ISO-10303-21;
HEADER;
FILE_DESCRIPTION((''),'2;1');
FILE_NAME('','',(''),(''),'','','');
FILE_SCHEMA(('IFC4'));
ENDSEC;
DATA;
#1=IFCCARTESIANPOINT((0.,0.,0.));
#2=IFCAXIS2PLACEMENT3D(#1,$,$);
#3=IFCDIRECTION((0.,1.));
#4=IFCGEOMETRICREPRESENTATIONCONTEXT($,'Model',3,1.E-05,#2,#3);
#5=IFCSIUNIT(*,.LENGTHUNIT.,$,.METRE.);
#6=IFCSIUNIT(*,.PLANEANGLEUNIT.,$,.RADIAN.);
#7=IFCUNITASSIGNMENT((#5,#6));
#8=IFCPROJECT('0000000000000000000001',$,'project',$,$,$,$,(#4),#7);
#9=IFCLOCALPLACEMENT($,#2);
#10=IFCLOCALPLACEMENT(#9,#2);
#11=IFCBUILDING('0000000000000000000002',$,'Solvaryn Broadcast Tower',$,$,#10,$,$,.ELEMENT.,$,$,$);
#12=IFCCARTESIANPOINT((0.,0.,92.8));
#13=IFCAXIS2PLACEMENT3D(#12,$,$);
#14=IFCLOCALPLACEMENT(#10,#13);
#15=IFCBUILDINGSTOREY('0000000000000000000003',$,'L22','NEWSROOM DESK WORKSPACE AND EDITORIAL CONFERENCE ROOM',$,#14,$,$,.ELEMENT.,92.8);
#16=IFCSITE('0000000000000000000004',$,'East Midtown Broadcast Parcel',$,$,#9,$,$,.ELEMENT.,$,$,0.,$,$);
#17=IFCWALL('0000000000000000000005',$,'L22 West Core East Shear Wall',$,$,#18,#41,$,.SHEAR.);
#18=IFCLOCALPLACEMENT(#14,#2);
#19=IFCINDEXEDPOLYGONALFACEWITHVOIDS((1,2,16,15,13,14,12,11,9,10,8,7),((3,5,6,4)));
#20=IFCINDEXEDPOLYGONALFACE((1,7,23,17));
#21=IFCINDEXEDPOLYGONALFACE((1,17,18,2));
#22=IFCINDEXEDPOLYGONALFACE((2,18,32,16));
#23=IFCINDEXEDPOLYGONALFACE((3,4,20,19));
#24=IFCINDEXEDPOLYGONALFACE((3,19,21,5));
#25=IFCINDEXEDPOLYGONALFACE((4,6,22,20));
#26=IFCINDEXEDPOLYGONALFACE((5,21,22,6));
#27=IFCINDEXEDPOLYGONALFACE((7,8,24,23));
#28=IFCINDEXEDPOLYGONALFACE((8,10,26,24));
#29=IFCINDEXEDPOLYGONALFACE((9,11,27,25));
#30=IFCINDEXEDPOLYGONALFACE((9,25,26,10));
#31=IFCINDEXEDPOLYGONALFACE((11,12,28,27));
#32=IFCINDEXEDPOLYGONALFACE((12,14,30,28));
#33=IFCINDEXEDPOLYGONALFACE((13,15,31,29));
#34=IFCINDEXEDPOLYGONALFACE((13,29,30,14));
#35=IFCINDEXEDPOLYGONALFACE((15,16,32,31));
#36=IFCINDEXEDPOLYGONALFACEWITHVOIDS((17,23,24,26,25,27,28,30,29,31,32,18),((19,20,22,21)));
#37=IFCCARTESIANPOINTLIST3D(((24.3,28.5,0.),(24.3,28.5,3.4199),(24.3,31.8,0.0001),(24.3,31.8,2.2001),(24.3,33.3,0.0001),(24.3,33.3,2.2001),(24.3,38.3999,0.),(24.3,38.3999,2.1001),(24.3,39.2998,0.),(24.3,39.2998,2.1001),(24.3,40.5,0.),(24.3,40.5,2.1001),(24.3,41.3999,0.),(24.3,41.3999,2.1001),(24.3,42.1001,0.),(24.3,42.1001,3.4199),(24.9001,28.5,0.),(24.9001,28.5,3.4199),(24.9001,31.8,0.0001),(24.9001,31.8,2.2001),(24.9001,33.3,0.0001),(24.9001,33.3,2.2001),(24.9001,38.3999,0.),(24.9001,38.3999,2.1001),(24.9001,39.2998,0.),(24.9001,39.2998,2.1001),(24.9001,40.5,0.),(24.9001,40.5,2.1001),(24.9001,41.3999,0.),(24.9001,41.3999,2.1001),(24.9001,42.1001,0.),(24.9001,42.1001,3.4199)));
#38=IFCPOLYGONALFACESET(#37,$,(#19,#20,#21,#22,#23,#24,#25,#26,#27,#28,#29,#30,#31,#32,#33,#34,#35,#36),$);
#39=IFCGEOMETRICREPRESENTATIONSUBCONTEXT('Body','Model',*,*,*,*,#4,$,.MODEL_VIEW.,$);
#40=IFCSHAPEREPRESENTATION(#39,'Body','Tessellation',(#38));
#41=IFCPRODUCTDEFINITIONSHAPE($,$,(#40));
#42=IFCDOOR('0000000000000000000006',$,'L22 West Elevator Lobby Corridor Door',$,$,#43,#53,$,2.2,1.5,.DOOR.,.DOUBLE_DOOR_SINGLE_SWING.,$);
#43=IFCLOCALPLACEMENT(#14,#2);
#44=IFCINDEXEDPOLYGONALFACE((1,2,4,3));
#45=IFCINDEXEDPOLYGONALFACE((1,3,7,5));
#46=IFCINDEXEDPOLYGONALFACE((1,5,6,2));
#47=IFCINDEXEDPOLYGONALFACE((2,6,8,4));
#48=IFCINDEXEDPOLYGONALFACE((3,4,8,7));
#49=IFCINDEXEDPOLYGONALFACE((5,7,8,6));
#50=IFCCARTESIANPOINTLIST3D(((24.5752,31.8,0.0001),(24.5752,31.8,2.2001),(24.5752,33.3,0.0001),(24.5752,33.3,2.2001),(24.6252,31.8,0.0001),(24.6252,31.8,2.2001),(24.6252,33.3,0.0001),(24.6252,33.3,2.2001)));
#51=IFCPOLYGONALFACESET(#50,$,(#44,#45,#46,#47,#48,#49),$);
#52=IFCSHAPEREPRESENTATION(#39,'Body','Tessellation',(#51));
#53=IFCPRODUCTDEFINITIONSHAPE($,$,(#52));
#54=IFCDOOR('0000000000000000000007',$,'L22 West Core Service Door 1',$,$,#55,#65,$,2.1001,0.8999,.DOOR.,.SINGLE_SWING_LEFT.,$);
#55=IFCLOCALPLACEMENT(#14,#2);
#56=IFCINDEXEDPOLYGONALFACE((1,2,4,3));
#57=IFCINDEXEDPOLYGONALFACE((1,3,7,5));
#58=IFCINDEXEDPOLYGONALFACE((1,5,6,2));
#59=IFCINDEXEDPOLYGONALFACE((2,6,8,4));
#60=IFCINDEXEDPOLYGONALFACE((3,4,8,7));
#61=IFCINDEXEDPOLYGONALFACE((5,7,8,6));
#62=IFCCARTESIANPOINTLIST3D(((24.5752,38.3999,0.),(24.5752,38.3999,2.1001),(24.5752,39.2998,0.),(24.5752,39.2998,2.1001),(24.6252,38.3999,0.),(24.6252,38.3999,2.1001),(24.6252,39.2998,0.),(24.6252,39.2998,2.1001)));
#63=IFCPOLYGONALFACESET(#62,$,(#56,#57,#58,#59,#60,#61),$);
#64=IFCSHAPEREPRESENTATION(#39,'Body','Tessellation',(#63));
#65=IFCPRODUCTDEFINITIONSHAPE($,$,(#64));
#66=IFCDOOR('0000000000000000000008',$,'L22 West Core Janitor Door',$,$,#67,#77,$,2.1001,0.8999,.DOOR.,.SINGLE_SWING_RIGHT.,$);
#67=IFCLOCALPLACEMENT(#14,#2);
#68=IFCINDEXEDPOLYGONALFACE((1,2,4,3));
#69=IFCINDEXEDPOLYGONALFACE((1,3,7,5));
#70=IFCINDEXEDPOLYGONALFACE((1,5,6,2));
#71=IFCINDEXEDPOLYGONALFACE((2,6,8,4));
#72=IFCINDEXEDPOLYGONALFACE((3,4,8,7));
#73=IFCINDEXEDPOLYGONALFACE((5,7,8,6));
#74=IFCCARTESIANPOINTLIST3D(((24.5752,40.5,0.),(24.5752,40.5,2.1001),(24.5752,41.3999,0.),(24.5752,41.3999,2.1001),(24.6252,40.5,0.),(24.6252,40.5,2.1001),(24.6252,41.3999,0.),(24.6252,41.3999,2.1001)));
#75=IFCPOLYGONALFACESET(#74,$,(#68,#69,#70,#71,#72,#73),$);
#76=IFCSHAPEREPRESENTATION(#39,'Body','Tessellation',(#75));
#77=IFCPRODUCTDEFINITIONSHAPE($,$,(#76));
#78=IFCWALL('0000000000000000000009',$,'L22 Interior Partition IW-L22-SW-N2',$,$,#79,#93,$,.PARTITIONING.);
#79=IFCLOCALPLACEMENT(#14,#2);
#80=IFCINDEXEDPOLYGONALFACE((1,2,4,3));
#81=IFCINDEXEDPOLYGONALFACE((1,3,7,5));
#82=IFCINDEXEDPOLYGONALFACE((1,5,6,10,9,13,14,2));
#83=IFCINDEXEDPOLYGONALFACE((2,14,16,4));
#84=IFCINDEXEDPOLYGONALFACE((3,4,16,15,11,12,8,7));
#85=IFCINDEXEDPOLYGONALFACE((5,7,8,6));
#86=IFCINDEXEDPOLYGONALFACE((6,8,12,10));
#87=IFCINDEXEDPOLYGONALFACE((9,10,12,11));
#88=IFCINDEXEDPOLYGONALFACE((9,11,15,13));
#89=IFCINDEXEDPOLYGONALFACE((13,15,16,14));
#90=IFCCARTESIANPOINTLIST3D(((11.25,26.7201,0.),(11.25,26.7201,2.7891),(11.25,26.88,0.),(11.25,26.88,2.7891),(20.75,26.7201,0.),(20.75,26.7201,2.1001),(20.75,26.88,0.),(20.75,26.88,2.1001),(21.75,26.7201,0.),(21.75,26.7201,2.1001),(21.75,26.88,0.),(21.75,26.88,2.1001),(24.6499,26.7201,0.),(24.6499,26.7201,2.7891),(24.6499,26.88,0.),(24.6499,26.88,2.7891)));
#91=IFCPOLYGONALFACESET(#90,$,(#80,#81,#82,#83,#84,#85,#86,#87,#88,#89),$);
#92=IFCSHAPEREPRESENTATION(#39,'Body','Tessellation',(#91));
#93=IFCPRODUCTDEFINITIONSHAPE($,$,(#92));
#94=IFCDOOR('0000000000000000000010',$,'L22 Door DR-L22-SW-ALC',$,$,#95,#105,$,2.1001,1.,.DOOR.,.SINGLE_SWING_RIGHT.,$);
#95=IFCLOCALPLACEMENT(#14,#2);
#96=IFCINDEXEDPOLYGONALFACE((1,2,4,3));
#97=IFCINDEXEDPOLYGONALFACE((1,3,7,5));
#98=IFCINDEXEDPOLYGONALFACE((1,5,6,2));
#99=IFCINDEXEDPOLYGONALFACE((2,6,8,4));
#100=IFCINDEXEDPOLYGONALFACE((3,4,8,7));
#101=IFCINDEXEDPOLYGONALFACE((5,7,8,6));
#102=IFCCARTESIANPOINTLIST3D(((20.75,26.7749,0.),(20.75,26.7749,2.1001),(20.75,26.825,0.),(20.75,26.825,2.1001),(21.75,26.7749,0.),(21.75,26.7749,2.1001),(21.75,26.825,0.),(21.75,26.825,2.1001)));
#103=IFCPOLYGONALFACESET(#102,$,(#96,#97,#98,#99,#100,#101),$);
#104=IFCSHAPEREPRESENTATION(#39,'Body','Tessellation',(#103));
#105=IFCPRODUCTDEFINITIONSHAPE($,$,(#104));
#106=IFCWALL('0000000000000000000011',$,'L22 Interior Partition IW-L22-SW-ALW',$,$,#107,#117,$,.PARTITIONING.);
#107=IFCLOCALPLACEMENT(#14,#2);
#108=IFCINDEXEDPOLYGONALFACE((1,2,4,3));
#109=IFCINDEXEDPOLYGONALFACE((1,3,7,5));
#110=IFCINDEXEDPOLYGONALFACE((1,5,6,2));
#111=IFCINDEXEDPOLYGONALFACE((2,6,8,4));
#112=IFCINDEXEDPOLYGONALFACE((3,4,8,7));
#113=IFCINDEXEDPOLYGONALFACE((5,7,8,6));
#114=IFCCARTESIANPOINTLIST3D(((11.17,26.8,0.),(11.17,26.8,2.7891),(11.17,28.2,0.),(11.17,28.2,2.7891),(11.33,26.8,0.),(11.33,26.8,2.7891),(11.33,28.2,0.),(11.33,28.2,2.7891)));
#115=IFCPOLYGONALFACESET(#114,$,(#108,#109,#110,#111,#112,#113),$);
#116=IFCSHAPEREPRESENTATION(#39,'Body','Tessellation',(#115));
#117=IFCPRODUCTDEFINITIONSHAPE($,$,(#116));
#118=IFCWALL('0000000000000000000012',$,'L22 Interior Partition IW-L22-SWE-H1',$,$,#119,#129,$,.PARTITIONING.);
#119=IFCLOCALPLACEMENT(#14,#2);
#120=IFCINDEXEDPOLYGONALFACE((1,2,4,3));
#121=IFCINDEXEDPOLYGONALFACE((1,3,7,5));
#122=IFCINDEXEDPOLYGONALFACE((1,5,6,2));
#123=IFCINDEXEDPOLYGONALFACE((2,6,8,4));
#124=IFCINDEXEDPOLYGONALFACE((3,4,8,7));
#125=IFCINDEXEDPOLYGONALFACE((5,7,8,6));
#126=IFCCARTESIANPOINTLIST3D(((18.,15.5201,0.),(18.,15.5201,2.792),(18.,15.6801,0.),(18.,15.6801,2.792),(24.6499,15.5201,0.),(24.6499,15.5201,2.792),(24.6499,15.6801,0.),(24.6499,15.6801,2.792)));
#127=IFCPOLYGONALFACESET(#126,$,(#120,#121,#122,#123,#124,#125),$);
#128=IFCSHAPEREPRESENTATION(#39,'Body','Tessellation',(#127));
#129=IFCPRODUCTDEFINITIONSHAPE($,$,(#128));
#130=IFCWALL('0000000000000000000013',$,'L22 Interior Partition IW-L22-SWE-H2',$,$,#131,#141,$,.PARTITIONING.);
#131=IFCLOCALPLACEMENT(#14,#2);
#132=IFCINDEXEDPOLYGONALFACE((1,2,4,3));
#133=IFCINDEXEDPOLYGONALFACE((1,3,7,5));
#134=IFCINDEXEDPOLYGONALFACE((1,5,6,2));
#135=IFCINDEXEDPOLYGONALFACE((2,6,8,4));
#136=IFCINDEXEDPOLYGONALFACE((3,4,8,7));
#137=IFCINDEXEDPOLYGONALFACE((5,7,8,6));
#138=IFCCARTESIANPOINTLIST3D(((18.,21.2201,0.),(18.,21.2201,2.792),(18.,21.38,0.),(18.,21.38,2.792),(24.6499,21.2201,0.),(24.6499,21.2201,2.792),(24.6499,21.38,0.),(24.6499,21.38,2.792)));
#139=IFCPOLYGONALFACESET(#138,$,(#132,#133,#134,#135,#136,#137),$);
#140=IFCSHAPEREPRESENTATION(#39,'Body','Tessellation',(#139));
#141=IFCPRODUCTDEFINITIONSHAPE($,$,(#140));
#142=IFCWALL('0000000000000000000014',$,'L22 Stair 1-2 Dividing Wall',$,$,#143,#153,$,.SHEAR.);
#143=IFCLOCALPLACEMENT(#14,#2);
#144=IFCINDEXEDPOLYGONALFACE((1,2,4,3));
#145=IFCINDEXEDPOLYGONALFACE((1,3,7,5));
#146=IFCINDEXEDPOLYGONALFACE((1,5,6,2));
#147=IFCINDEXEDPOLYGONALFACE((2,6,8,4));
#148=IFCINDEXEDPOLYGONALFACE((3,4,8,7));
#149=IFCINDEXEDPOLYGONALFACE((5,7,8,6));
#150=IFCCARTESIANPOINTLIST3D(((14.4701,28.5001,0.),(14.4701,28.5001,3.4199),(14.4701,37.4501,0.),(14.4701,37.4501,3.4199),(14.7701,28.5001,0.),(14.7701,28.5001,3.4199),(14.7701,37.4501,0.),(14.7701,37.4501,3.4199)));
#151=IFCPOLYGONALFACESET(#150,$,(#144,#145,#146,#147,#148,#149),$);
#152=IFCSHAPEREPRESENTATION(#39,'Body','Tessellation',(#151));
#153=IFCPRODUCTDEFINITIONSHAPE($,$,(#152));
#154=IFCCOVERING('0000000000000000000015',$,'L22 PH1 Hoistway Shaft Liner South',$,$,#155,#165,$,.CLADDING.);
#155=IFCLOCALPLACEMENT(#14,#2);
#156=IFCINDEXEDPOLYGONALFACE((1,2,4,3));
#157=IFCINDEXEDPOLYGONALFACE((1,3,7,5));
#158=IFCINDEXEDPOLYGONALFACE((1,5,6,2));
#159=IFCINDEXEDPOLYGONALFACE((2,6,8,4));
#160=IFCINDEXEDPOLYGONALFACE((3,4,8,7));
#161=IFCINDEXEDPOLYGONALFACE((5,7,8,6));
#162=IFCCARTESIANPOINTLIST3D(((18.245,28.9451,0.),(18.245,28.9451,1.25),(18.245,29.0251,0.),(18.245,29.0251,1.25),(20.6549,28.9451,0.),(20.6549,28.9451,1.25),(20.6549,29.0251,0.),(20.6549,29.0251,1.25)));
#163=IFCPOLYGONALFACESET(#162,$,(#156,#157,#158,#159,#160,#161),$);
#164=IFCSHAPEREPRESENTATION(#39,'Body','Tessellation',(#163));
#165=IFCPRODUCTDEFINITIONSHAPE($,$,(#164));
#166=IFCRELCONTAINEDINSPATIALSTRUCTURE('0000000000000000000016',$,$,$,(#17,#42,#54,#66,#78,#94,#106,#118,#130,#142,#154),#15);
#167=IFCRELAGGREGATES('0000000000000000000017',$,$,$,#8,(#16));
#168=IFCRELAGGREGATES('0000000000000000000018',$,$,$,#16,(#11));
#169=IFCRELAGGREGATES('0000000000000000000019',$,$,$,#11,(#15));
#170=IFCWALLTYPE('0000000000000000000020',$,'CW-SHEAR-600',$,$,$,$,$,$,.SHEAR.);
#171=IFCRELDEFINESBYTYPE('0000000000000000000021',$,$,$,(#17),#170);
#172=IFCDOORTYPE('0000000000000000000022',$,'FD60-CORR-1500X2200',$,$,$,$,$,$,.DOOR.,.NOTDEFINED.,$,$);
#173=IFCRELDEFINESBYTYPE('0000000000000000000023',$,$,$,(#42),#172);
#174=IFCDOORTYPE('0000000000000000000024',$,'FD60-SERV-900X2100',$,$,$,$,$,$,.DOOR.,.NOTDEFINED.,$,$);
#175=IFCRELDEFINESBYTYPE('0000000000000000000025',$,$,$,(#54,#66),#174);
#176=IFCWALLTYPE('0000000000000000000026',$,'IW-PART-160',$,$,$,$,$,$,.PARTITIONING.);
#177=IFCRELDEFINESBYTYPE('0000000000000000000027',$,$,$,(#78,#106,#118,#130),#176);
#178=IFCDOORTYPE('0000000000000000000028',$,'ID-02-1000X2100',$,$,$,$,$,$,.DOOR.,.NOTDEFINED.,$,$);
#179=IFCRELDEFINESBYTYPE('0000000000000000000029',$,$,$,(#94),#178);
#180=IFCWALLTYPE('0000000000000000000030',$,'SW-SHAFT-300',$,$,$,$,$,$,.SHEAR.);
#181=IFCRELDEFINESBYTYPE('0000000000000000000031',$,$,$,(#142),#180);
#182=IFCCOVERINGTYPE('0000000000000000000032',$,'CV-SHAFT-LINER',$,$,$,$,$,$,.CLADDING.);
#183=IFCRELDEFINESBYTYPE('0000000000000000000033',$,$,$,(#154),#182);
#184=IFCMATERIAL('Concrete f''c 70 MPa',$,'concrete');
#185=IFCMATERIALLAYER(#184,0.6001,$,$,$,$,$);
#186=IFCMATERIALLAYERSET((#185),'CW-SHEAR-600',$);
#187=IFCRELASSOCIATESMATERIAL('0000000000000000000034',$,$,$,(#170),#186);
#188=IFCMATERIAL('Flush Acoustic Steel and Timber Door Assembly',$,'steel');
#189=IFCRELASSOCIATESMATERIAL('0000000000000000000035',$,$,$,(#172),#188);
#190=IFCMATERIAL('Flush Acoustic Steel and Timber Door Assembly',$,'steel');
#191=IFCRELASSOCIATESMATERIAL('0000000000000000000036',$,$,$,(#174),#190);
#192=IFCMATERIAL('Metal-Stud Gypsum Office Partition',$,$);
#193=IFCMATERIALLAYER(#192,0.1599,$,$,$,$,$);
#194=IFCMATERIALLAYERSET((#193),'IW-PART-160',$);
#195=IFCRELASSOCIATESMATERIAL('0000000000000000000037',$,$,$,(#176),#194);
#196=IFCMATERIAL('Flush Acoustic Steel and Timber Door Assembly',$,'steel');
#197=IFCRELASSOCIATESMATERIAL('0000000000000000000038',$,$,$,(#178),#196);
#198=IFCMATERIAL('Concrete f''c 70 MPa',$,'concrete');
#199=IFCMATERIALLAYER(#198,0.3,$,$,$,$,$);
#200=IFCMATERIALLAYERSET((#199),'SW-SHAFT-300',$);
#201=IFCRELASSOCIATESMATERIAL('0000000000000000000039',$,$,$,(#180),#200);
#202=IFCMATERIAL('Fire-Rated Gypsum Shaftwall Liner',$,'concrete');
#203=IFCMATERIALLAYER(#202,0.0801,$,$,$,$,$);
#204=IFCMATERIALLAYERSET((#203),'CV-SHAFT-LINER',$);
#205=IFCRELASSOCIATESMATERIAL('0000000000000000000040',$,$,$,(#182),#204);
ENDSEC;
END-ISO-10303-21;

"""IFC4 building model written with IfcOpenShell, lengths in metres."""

from ifc_helpers import new_model, si_unit, direction, frame, frame_2d, origin, origin_2d, place, context, subcontext, project, spatial, rectangle, extrude, material, layer, layer_set, type_object, element, fill, save


model = new_model("IFC4")

# Units and contexts
model_context = context("Model", 3, precision=1e-05, world=origin(), true_north=direction((0.0, 1.0)))
body_context = subcontext(model_context, "Body", "Model", "MODEL_VIEW")
ifc_project = project(units=[si_unit("LENGTHUNIT", "METRE"), si_unit("PLANEANGLEUNIT", "RADIAN")], contexts=[model_context])

# Site, building, storey
site_placement = place(None, origin())
site = spatial("IfcSite", under=ifc_project, at=site_placement, Name="East Midtown Broadcast Parcel", CompositionType="ELEMENT", RefElevation=0.0)
building_placement = place(site_placement, origin())
building = spatial("IfcBuilding", under=site, at=building_placement, Name="Solvaryn Broadcast Tower", CompositionType="ELEMENT")
storey_placement = place(building_placement, frame((0.0, 0.0, 92.8)))
storey = spatial("IfcBuildingStorey", under=building, at=storey_placement, Name="L22", Description="NEWSROOM DESK WORKSPACE AND EDITORIAL CONFERENCE ROOM", CompositionType="ELEMENT", Elevation=92.8)

# Shared definitions
ifc_material_1 = material(Name="Concrete f'c 70 MPa", Category="concrete")
ifc_layer_1 = layer(ifc_material_1, 0.6001)
ifc_layer_set_1 = layer_set([ifc_layer_1], Name="CW-SHEAR-600")
wall_type_1 = type_object("IfcWallType", Name="CW-SHEAR-600", PredefinedType="SHEAR", material=ifc_layer_set_1)

# Wall, openings, doors
wall_1_placement = place(storey_placement, frame((24.6001, 28.5, 0.0), z_axis=(0.0, 0.0, 1.0), x_axis=(0.0, 1.0, 0.0)))
wall_1 = element("IfcWall", 1, at=wall_1_placement, inside=storey, type_object=wall_type_1, Name="L22 West Core East Shear Wall", PredefinedType="SHEAR", context=body_context, shape_type="SweptSolid", body=[
    extrude(rectangle(XDim=13.6001, YDim=0.6001, at=frame_2d((6.8, 0.0))), origin(), (0.0, 0.0, 1.0), 3.4199),
])
opening_1_placement = place(wall_1_placement, frame((3.3, 0.0, 0.0)))
opening_1 = element("IfcOpeningElement", 2, at=opening_1_placement, cuts=wall_1, PredefinedType="OPENING", context=body_context, shape_type="SweptSolid", body=[
    extrude(rectangle(XDim=1.5, YDim=2.2, at=frame_2d((0.75, 1.1001))), frame((0.0, 0.3101, 0.0), z_axis=(0.0, -1.0, 0.0), x_axis=(1.0, 0.0, 0.0)), (0.0, 0.0, 1.0), 0.6201),
])
opening_2_placement = place(wall_1_placement, frame((9.8999, 0.0, 0.0)))
opening_2 = element("IfcOpeningElement", 3, at=opening_2_placement, cuts=wall_1, PredefinedType="OPENING", context=body_context, shape_type="SweptSolid", body=[
    extrude(rectangle(XDim=0.8999, YDim=2.1001, at=frame_2d((0.45, 1.05))), frame((0.0, 0.3101, 0.0), z_axis=(0.0, -1.0, 0.0), x_axis=(1.0, 0.0, 0.0)), (0.0, 0.0, 1.0), 0.6201),
])
opening_3_placement = place(wall_1_placement, frame((12.0, 0.0, 0.0)))
opening_3 = element("IfcOpeningElement", 4, at=opening_3_placement, cuts=wall_1, PredefinedType="OPENING", context=body_context, shape_type="SweptSolid", body=[
    extrude(rectangle(XDim=0.8999, YDim=2.1001, at=frame_2d((0.45, 1.05))), frame((0.0, 0.3101, 0.0), z_axis=(0.0, -1.0, 0.0), x_axis=(1.0, 0.0, 0.0)), (0.0, 0.0, 1.0), 0.6201),
])
ifc_material_2 = material(Name="Flush Acoustic Steel and Timber Door Assembly", Category="steel")
door_type_1 = type_object("IfcDoorType", Name="FD60-CORR-1500X2200", OperationType="NOTDEFINED", PredefinedType="DOOR", material=ifc_material_2)
door_1_placement = place(opening_1_placement, origin())
door_1 = element("IfcDoor", 5, at=door_1_placement, inside=storey, type_object=door_type_1, Name="L22 West Elevator Lobby Corridor Door", OperationType="DOUBLE_DOOR_SINGLE_SWING", OverallHeight=2.2, OverallWidth=1.5, PredefinedType="DOOR", context=body_context, shape_type="SweptSolid", body=[
    extrude(rectangle(XDim=1.5, YDim=2.2, at=frame_2d((0.75, 1.1001))), frame((0.0, 0.0249, 0.0), z_axis=(0.0, -1.0, 0.0), x_axis=(1.0, 0.0, 0.0)), (0.0, 0.0, 1.0), 0.05),
])
fill(opening_1, door_1)
ifc_material_3 = material(Name="Flush Acoustic Steel and Timber Door Assembly", Category="steel")
door_type_2 = type_object("IfcDoorType", Name="FD60-SERV-900X2100", OperationType="NOTDEFINED", PredefinedType="DOOR", material=ifc_material_3)
door_2_placement = place(opening_2_placement, origin())
door_2 = element("IfcDoor", 6, at=door_2_placement, inside=storey, type_object=door_type_2, Name="L22 West Core Service Door 1", OperationType="SINGLE_SWING_LEFT", OverallHeight=2.1001, OverallWidth=0.8999, PredefinedType="DOOR", context=body_context, shape_type="SweptSolid", body=[
    extrude(rectangle(XDim=0.8999, YDim=2.1001, at=frame_2d((0.45, 1.05))), frame((0.0, 0.0249, 0.0), z_axis=(0.0, -1.0, 0.0), x_axis=(1.0, 0.0, 0.0)), (0.0, 0.0, 1.0), 0.05),
])
fill(opening_2, door_2)
door_3_placement = place(opening_3_placement, origin())
door_3 = element("IfcDoor", 7, at=door_3_placement, inside=storey, type_object=door_type_2, Name="L22 West Core Janitor Door", OperationType="SINGLE_SWING_RIGHT", OverallHeight=2.1001, OverallWidth=0.8999, PredefinedType="DOOR", context=body_context, shape_type="SweptSolid", body=[
    extrude(rectangle(XDim=0.8999, YDim=2.1001, at=frame_2d((0.45, 1.05))), frame((0.0, 0.0249, 0.0), z_axis=(0.0, -1.0, 0.0), x_axis=(1.0, 0.0, 0.0)), (0.0, 0.0, 1.0), 0.05),
])
fill(opening_3, door_3)

# Wall, opening, door
ifc_material_4 = material(Name="Metal-Stud Gypsum Office Partition")
ifc_layer_2 = layer(ifc_material_4, 0.1599)
ifc_layer_set_2 = layer_set([ifc_layer_2], Name="IW-PART-160")
wall_type_2 = type_object("IfcWallType", Name="IW-PART-160", PredefinedType="PARTITIONING", material=ifc_layer_set_2)
wall_2_placement = place(storey_placement, frame((11.25, 26.8, 0.0), z_axis=(0.0, 0.0, 1.0), x_axis=(1.0, 0.0, 0.0)))
wall_2 = element("IfcWall", 8, at=wall_2_placement, inside=storey, type_object=wall_type_2, Name="L22 Interior Partition IW-L22-SW-N2", PredefinedType="PARTITIONING", context=body_context, shape_type="SweptSolid", body=[
    extrude(rectangle(XDim=13.3999, YDim=0.1599, at=frame_2d((6.7, 0.0))), origin(), (0.0, 0.0, 1.0), 2.7891),
])
opening_4_placement = place(wall_2_placement, frame((9.5, 0.0, 0.0)))
opening_4 = element("IfcOpeningElement", 9, at=opening_4_placement, cuts=wall_2, PredefinedType="OPENING", context=body_context, shape_type="SweptSolid", body=[
    extrude(rectangle(XDim=1.0, YDim=2.1001, at=frame_2d((0.5, 1.05))), frame((0.0, 0.0901, 0.0), z_axis=(0.0, -1.0, 0.0), x_axis=(1.0, 0.0, 0.0)), (0.0, 0.0, 1.0), 0.1799),
])
ifc_material_5 = material(Name="Flush Acoustic Steel and Timber Door Assembly", Category="steel")
door_type_3 = type_object("IfcDoorType", Name="ID-02-1000X2100", OperationType="NOTDEFINED", PredefinedType="DOOR", material=ifc_material_5)
door_4_placement = place(opening_4_placement, origin())
door_4 = element("IfcDoor", 10, at=door_4_placement, inside=storey, type_object=door_type_3, Name="L22 Door DR-L22-SW-ALC", OperationType="SINGLE_SWING_RIGHT", OverallHeight=2.1001, OverallWidth=1.0, PredefinedType="DOOR", context=body_context, shape_type="SweptSolid", body=[
    extrude(rectangle(XDim=1.0, YDim=2.1001, at=frame_2d((0.5, 1.05))), frame((0.0, 0.0249, 0.0), z_axis=(0.0, -1.0, 0.0), x_axis=(1.0, 0.0, 0.0)), (0.0, 0.0, 1.0), 0.05),
])
fill(opening_4, door_4)

# Walls
wall_3_placement = place(storey_placement, frame((11.25, 26.8, 0.0), z_axis=(0.0, 0.0, 1.0), x_axis=(0.0, 1.0, 0.0)))
element("IfcWall", 11, at=wall_3_placement, inside=storey, type_object=wall_type_2, Name="L22 Interior Partition IW-L22-SW-ALW", PredefinedType="PARTITIONING", context=body_context, shape_type="SweptSolid", body=[
    extrude(rectangle(XDim=1.3999, YDim=0.1599, at=frame_2d((0.7, 0.0))), origin(), (0.0, 0.0, 1.0), 2.7891),
])
for number, where, z_axis, x_axis, name in (
    (12, (18.0, 15.6001, 0.0), (0.0, 0.0, 1.0), (1.0, 0.0, 0.0), "L22 Interior Partition IW-L22-SWE-H1"),
    (13, (18.0, 21.3, 0.0), (0.0, 0.0, 1.0), (1.0, 0.0, 0.0), "L22 Interior Partition IW-L22-SWE-H2"),
):
    element("IfcWall", number, at=place(storey_placement, frame(where, z_axis=z_axis, x_axis=x_axis)), inside=storey, type_object=wall_type_2, Name=name, PredefinedType="PARTITIONING", context=body_context, shape_type="SweptSolid", body=[
        extrude(rectangle(XDim=6.6499, YDim=0.1599, at=frame_2d((3.325, 0.0))), origin(), (0.0, 0.0, 1.0), 2.792),
    ])
ifc_material_6 = material(Name="Concrete f'c 70 MPa", Category="concrete")
ifc_layer_3 = layer(ifc_material_6, 0.3)
ifc_layer_set_3 = layer_set([ifc_layer_3], Name="SW-SHAFT-300")
wall_type_3 = type_object("IfcWallType", Name="SW-SHAFT-300", PredefinedType="SHEAR", material=ifc_layer_set_3)
wall_4_placement = place(storey_placement, frame((14.6201, 28.5, 0.0), z_axis=(0.0, 0.0, 1.0), x_axis=(0.0, 1.0, 0.0)))
element("IfcWall", 14, at=wall_4_placement, inside=storey, type_object=wall_type_3, Name="L22 Stair 1-2 Dividing Wall", PredefinedType="SHEAR", context=body_context, shape_type="SweptSolid", body=[
    extrude(rectangle(XDim=8.95, YDim=0.3, at=frame_2d((4.4751, 0.0))), origin(), (0.0, 0.0, 1.0), 3.4199),
])

# Covering
ifc_material_7 = material(Name="Fire-Rated Gypsum Shaftwall Liner", Category="concrete")
ifc_layer_4 = layer(ifc_material_7, 0.0801)
ifc_layer_set_4 = layer_set([ifc_layer_4], Name="CV-SHAFT-LINER")
covering_type = type_object("IfcCoveringType", Name="CV-SHAFT-LINER", PredefinedType="CLADDING", material=ifc_layer_set_4)
covering_1_placement = place(storey_placement, frame((19.45, 28.9851, 0.0), z_axis=(0.0, 0.0, 1.0), x_axis=(1.0, 0.0, 0.0)))
element("IfcCovering", 15, at=covering_1_placement, inside=storey, type_object=covering_type, Name="L22 PH1 Hoistway Shaft Liner South", PredefinedType="CLADDING", context=body_context, shape_type="SweptSolid", body=[
    extrude(rectangle(XDim=2.4099, YDim=0.0801, at=origin_2d()), origin(), (0.0, 0.0, 1.0), 1.25),
])

save(model, "model.ifc")
